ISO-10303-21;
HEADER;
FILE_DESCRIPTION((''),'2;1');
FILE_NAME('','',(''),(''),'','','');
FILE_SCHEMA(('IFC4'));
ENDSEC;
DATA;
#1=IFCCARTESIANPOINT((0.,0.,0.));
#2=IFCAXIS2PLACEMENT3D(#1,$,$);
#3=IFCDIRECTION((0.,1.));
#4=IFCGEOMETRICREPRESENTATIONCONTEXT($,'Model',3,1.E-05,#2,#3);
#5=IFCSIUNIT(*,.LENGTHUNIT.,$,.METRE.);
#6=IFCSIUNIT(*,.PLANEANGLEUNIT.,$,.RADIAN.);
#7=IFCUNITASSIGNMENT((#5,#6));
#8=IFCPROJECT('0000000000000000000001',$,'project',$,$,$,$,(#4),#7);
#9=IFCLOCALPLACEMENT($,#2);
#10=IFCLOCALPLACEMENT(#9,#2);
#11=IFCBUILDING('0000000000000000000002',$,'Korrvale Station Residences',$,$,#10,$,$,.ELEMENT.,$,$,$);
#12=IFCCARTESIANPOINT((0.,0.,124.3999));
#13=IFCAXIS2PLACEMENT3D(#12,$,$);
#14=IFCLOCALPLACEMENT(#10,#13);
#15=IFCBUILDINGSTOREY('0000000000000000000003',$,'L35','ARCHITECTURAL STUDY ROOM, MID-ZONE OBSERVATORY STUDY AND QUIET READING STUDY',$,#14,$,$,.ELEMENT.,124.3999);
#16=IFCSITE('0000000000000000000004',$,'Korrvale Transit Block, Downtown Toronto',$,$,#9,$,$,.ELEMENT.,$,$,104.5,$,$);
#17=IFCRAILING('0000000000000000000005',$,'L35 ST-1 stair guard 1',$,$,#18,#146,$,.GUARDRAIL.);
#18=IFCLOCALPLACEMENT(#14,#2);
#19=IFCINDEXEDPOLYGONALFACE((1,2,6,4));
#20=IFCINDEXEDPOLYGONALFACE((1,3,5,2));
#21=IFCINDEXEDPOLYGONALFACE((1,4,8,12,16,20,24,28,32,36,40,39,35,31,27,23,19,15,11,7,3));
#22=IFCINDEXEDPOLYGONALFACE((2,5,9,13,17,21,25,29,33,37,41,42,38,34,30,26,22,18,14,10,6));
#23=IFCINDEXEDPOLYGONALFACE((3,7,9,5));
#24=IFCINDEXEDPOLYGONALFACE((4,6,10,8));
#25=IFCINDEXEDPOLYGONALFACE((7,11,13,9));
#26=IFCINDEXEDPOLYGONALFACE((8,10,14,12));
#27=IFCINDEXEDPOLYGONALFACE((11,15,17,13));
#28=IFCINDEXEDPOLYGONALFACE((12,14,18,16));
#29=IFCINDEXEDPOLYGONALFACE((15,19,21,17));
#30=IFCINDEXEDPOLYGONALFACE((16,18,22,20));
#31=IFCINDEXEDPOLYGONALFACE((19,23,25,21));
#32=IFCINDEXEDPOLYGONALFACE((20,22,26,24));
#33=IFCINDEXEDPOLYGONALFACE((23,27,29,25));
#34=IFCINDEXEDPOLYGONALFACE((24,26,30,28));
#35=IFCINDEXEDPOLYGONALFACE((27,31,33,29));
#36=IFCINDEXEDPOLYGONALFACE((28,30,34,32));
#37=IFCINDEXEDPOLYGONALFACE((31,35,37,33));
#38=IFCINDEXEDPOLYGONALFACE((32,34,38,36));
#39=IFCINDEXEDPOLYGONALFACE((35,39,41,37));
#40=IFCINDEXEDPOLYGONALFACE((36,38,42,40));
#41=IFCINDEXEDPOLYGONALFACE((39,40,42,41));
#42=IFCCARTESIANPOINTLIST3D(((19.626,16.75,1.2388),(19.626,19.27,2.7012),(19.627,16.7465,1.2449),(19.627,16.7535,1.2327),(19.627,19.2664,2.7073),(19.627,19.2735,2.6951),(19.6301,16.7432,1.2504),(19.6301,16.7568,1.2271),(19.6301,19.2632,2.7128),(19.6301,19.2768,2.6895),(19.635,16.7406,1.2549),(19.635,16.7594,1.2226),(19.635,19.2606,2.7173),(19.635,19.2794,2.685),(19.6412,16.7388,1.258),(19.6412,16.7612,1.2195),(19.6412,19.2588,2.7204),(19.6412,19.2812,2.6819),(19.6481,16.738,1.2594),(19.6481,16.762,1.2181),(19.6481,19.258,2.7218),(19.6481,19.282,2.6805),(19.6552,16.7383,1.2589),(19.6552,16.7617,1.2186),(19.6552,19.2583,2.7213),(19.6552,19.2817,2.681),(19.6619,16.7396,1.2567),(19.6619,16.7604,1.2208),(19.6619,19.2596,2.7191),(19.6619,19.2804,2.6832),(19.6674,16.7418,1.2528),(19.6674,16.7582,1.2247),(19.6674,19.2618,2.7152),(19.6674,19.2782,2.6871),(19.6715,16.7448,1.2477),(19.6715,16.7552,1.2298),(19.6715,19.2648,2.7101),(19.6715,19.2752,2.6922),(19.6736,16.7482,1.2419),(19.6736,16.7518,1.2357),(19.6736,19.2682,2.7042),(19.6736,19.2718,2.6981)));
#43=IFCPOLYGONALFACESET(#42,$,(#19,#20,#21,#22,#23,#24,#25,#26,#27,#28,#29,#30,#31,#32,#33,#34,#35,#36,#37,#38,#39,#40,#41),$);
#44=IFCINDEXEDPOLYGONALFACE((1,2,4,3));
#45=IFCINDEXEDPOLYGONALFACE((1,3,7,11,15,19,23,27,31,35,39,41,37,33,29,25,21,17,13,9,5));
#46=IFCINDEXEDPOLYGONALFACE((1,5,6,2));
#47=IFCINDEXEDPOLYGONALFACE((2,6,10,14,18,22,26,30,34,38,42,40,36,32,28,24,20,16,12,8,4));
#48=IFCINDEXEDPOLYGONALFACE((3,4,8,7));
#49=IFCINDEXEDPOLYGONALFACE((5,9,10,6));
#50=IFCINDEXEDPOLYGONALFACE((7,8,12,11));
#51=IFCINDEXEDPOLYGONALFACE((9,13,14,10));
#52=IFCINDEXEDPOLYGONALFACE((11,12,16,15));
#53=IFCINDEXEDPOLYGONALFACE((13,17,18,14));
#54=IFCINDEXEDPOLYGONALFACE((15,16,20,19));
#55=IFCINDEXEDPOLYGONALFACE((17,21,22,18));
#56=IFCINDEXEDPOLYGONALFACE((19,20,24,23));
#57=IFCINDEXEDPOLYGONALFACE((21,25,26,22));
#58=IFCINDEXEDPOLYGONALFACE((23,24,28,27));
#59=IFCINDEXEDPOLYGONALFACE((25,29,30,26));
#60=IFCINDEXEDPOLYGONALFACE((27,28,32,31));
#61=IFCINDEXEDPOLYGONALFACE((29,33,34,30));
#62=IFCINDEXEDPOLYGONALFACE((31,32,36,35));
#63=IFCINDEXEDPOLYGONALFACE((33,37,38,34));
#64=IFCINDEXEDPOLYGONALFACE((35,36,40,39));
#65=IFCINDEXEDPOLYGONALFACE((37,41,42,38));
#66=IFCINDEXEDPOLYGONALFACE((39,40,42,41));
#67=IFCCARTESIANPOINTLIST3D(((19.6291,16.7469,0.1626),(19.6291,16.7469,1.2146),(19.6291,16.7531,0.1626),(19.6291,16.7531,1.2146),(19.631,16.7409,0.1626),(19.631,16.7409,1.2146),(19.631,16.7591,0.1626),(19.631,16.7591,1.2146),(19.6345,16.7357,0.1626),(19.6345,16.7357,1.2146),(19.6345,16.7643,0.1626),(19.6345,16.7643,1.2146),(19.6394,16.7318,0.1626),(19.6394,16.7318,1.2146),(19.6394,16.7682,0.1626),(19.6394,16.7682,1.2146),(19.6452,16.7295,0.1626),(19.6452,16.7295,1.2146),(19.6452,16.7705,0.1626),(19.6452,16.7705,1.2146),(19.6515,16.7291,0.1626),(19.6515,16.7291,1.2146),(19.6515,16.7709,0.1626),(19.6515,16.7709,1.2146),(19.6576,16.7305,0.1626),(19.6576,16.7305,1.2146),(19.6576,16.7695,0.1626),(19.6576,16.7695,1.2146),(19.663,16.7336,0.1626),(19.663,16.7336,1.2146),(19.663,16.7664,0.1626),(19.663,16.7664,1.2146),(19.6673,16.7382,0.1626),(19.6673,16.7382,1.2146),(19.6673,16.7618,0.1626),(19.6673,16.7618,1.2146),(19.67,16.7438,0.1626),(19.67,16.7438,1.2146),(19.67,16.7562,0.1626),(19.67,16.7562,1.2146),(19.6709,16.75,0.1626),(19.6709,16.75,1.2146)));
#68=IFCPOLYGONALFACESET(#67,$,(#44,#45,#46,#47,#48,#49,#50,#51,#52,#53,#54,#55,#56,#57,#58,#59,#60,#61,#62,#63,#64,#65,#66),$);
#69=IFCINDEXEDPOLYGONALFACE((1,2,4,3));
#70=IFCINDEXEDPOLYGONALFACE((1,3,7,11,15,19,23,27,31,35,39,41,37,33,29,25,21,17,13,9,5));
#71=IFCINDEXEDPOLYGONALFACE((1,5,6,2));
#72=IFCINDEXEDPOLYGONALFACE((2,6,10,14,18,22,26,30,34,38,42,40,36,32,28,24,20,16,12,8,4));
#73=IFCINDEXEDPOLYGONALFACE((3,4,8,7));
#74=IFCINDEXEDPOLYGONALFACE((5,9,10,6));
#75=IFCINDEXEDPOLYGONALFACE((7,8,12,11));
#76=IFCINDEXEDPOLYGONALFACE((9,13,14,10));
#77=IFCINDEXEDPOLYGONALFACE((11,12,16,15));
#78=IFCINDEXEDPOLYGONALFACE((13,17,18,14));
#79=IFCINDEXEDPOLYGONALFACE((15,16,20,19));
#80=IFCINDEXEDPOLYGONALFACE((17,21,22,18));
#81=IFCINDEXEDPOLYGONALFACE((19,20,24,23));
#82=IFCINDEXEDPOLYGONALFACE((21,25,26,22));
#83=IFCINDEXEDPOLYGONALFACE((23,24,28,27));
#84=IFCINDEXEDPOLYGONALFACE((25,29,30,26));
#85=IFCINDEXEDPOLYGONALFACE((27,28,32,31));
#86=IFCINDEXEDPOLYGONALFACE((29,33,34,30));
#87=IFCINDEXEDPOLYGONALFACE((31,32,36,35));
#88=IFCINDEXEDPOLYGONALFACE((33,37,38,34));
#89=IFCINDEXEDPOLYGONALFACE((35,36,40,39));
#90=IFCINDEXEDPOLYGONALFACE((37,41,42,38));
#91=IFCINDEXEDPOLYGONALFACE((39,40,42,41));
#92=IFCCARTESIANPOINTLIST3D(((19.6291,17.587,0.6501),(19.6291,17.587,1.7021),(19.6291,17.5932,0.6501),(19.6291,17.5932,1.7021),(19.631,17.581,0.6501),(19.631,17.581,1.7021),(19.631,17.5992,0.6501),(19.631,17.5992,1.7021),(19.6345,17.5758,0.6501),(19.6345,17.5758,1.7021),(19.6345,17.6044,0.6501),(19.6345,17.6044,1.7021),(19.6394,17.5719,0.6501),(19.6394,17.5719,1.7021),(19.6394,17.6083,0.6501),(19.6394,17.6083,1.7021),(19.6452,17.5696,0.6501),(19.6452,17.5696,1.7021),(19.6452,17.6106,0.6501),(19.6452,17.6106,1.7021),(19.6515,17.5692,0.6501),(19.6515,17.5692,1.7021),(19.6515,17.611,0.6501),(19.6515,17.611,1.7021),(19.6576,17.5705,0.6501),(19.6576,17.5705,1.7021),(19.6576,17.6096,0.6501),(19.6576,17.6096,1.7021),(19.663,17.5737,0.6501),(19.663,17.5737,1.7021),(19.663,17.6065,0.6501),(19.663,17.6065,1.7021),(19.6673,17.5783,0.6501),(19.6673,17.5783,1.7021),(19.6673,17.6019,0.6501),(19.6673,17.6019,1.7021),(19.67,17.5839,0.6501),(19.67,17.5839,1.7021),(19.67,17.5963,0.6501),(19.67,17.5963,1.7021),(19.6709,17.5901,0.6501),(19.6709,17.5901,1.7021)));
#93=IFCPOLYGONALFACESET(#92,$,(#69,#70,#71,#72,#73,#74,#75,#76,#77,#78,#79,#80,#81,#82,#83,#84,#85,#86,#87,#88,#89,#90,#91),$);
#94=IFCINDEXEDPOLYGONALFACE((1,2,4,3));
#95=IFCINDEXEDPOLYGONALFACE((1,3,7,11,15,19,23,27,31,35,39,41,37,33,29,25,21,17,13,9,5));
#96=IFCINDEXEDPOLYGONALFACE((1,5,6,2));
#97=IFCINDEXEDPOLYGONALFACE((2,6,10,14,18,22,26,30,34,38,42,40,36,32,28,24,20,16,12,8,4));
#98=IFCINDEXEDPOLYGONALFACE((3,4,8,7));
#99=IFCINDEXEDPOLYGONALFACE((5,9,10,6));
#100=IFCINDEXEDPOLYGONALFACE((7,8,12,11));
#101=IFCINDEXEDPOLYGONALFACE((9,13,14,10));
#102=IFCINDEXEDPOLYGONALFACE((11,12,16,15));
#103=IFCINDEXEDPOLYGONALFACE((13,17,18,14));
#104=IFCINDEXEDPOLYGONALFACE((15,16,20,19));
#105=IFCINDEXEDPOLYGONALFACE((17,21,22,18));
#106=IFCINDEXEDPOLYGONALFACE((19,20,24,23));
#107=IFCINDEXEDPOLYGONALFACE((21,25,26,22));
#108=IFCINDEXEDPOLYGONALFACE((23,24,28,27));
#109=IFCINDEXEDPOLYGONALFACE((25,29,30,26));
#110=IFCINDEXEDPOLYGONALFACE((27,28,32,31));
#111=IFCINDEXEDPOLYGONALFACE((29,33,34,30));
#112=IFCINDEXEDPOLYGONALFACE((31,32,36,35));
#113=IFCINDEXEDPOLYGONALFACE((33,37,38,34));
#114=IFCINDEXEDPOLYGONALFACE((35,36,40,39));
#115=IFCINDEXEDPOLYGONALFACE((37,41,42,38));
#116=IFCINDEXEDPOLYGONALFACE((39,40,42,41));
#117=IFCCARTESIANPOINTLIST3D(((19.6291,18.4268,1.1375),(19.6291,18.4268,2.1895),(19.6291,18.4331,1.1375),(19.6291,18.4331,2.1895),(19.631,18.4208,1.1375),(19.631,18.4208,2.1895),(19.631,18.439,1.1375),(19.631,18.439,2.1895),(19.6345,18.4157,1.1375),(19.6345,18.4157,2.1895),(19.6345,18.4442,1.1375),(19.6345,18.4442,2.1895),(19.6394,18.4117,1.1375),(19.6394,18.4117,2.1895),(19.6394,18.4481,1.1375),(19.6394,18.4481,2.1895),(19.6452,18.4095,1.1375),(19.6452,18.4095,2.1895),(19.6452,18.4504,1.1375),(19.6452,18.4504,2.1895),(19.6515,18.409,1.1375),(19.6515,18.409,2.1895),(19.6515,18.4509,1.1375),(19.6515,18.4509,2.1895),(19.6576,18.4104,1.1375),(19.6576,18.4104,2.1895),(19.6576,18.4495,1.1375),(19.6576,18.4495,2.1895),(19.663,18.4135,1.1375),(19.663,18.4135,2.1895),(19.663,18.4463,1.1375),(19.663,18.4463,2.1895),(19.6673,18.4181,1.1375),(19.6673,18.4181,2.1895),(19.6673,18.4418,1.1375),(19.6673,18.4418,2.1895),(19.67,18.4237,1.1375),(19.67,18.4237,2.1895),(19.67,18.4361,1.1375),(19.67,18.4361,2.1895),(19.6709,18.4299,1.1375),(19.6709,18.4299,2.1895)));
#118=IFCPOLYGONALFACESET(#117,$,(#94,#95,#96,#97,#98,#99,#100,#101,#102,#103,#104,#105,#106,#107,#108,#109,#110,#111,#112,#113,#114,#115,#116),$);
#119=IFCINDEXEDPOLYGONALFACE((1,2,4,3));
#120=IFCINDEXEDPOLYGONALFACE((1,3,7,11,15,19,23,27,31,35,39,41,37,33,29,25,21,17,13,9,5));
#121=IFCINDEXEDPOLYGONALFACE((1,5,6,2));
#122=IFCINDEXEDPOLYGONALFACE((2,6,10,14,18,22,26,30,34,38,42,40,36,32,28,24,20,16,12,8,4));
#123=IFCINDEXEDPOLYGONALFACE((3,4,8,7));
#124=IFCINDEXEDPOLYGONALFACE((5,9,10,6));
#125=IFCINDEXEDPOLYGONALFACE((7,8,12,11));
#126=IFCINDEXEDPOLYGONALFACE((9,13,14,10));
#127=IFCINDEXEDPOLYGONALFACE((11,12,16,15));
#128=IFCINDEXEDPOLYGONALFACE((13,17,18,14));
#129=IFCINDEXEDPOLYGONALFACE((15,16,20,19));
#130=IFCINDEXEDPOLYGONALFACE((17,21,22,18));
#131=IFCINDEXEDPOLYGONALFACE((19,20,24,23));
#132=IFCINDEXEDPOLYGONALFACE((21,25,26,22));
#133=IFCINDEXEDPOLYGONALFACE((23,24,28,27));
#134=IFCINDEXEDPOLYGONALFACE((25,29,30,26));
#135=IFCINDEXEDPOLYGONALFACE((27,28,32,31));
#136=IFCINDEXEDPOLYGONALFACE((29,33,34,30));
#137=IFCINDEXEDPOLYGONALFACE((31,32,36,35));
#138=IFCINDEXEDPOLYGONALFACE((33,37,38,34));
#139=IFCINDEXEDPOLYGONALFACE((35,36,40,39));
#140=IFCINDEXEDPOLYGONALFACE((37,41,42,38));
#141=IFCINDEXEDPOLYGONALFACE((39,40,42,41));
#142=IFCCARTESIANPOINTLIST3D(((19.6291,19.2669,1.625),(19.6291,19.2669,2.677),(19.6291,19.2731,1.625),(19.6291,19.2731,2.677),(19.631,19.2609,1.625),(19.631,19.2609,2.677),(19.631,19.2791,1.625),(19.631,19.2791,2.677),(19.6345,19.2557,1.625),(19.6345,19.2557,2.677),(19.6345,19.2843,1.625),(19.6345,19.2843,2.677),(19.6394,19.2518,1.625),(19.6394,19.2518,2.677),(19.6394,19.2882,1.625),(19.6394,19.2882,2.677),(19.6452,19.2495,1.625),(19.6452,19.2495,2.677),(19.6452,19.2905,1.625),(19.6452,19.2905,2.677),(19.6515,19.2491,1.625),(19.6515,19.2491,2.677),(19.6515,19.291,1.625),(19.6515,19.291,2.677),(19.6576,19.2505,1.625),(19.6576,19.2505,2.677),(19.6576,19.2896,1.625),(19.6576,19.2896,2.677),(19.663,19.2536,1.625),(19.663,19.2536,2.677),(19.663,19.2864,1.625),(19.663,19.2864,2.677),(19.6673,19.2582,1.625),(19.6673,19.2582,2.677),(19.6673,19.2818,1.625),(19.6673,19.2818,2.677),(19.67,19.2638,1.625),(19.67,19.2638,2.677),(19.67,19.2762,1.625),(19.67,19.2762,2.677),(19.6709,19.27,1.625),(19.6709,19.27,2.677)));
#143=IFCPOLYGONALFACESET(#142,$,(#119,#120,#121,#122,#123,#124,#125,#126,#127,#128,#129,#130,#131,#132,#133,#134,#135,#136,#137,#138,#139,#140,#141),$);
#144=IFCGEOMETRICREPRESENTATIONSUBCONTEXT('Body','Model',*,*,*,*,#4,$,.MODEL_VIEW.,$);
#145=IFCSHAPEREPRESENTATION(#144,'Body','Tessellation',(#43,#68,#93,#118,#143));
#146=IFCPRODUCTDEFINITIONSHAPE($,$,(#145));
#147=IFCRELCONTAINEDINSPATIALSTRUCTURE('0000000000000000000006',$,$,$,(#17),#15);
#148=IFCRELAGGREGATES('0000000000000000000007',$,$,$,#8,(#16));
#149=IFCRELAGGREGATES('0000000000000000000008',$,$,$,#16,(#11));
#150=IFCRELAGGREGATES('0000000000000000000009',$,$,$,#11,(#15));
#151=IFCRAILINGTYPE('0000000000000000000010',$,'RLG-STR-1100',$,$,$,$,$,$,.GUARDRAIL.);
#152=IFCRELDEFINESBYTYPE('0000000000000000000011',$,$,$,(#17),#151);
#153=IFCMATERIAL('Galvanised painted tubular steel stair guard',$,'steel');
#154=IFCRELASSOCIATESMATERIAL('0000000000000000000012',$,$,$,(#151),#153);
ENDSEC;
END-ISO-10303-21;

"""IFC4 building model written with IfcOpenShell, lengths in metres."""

from ifc_helpers import new_model, si_unit, direction, frame, origin, origin_2d, place, context, subcontext, project, spatial, circle, extrude, material, type_object, element, save


model = new_model("IFC4")

# Units and contexts
model_context = context("Model", 3, precision=1e-05, world=origin(), true_north=direction((0.0, 1.0)))
body_context = subcontext(model_context, "Body", "Model", "MODEL_VIEW")
ifc_project = project(units=[si_unit("LENGTHUNIT", "METRE"), si_unit("PLANEANGLEUNIT", "RADIAN")], contexts=[model_context])

# Site, building, storey
site_placement = place(None, origin())
site = spatial("IfcSite", under=ifc_project, at=site_placement, Name="Korrvale Transit Block, Downtown Toronto", CompositionType="ELEMENT", RefElevation=104.5)
building_placement = place(site_placement, origin())
building = spatial("IfcBuilding", under=site, at=building_placement, Name="Korrvale Station Residences", CompositionType="ELEMENT")
storey_placement = place(building_placement, frame((0.0, 0.0, 124.3999)))
storey = spatial("IfcBuildingStorey", under=building, at=storey_placement, Name="L35", Description="ARCHITECTURAL STUDY ROOM, MID-ZONE OBSERVATORY STUDY AND QUIET READING STUDY", CompositionType="ELEMENT", Elevation=124.3999)

# Railing
ifc_material_1 = material(Name="Galvanised painted tubular steel stair guard", Category="steel")
railing_type_1 = type_object("IfcRailingType", Name="RLG-STR-1100", PredefinedType="GUARDRAIL", material=ifc_material_1)
railing_1_placement = place(storey_placement, frame((19.6499, 16.75, 0.1626)))
element("IfcRailing", 1, at=railing_1_placement, inside=storey, type_object=railing_type_1, Name="L35 ST-1 stair guard 1", PredefinedType="GUARDRAIL", context=body_context, shape_type="SweptSolid", body=[
    extrude(circle(Radius=0.0239, at=origin_2d()), frame((0.0, 0.0, 1.0762), z_axis=(0.0, 0.864913, 0.501921), x_axis=(-1.0, 0.0, 0.0)), (0.0, 0.0, 1.0), 2.9136),
    extrude(circle(Radius=0.021, at=origin_2d()), origin(), (0.0, 0.0, 1.0), 1.052),
    extrude(circle(Radius=0.021, at=origin_2d()), frame((0.0, 0.8401, 0.4875)), (0.0, 0.0, 1.0), 1.052),
    extrude(circle(Radius=0.021, at=origin_2d()), frame((0.0, 1.6799, 0.9749)), (0.0, 0.0, 1.0), 1.052),
    extrude(circle(Radius=0.021, at=origin_2d()), frame((0.0, 2.52, 1.4624)), (0.0, 0.0, 1.0), 1.052),
])

save(model, "model.ifc")
